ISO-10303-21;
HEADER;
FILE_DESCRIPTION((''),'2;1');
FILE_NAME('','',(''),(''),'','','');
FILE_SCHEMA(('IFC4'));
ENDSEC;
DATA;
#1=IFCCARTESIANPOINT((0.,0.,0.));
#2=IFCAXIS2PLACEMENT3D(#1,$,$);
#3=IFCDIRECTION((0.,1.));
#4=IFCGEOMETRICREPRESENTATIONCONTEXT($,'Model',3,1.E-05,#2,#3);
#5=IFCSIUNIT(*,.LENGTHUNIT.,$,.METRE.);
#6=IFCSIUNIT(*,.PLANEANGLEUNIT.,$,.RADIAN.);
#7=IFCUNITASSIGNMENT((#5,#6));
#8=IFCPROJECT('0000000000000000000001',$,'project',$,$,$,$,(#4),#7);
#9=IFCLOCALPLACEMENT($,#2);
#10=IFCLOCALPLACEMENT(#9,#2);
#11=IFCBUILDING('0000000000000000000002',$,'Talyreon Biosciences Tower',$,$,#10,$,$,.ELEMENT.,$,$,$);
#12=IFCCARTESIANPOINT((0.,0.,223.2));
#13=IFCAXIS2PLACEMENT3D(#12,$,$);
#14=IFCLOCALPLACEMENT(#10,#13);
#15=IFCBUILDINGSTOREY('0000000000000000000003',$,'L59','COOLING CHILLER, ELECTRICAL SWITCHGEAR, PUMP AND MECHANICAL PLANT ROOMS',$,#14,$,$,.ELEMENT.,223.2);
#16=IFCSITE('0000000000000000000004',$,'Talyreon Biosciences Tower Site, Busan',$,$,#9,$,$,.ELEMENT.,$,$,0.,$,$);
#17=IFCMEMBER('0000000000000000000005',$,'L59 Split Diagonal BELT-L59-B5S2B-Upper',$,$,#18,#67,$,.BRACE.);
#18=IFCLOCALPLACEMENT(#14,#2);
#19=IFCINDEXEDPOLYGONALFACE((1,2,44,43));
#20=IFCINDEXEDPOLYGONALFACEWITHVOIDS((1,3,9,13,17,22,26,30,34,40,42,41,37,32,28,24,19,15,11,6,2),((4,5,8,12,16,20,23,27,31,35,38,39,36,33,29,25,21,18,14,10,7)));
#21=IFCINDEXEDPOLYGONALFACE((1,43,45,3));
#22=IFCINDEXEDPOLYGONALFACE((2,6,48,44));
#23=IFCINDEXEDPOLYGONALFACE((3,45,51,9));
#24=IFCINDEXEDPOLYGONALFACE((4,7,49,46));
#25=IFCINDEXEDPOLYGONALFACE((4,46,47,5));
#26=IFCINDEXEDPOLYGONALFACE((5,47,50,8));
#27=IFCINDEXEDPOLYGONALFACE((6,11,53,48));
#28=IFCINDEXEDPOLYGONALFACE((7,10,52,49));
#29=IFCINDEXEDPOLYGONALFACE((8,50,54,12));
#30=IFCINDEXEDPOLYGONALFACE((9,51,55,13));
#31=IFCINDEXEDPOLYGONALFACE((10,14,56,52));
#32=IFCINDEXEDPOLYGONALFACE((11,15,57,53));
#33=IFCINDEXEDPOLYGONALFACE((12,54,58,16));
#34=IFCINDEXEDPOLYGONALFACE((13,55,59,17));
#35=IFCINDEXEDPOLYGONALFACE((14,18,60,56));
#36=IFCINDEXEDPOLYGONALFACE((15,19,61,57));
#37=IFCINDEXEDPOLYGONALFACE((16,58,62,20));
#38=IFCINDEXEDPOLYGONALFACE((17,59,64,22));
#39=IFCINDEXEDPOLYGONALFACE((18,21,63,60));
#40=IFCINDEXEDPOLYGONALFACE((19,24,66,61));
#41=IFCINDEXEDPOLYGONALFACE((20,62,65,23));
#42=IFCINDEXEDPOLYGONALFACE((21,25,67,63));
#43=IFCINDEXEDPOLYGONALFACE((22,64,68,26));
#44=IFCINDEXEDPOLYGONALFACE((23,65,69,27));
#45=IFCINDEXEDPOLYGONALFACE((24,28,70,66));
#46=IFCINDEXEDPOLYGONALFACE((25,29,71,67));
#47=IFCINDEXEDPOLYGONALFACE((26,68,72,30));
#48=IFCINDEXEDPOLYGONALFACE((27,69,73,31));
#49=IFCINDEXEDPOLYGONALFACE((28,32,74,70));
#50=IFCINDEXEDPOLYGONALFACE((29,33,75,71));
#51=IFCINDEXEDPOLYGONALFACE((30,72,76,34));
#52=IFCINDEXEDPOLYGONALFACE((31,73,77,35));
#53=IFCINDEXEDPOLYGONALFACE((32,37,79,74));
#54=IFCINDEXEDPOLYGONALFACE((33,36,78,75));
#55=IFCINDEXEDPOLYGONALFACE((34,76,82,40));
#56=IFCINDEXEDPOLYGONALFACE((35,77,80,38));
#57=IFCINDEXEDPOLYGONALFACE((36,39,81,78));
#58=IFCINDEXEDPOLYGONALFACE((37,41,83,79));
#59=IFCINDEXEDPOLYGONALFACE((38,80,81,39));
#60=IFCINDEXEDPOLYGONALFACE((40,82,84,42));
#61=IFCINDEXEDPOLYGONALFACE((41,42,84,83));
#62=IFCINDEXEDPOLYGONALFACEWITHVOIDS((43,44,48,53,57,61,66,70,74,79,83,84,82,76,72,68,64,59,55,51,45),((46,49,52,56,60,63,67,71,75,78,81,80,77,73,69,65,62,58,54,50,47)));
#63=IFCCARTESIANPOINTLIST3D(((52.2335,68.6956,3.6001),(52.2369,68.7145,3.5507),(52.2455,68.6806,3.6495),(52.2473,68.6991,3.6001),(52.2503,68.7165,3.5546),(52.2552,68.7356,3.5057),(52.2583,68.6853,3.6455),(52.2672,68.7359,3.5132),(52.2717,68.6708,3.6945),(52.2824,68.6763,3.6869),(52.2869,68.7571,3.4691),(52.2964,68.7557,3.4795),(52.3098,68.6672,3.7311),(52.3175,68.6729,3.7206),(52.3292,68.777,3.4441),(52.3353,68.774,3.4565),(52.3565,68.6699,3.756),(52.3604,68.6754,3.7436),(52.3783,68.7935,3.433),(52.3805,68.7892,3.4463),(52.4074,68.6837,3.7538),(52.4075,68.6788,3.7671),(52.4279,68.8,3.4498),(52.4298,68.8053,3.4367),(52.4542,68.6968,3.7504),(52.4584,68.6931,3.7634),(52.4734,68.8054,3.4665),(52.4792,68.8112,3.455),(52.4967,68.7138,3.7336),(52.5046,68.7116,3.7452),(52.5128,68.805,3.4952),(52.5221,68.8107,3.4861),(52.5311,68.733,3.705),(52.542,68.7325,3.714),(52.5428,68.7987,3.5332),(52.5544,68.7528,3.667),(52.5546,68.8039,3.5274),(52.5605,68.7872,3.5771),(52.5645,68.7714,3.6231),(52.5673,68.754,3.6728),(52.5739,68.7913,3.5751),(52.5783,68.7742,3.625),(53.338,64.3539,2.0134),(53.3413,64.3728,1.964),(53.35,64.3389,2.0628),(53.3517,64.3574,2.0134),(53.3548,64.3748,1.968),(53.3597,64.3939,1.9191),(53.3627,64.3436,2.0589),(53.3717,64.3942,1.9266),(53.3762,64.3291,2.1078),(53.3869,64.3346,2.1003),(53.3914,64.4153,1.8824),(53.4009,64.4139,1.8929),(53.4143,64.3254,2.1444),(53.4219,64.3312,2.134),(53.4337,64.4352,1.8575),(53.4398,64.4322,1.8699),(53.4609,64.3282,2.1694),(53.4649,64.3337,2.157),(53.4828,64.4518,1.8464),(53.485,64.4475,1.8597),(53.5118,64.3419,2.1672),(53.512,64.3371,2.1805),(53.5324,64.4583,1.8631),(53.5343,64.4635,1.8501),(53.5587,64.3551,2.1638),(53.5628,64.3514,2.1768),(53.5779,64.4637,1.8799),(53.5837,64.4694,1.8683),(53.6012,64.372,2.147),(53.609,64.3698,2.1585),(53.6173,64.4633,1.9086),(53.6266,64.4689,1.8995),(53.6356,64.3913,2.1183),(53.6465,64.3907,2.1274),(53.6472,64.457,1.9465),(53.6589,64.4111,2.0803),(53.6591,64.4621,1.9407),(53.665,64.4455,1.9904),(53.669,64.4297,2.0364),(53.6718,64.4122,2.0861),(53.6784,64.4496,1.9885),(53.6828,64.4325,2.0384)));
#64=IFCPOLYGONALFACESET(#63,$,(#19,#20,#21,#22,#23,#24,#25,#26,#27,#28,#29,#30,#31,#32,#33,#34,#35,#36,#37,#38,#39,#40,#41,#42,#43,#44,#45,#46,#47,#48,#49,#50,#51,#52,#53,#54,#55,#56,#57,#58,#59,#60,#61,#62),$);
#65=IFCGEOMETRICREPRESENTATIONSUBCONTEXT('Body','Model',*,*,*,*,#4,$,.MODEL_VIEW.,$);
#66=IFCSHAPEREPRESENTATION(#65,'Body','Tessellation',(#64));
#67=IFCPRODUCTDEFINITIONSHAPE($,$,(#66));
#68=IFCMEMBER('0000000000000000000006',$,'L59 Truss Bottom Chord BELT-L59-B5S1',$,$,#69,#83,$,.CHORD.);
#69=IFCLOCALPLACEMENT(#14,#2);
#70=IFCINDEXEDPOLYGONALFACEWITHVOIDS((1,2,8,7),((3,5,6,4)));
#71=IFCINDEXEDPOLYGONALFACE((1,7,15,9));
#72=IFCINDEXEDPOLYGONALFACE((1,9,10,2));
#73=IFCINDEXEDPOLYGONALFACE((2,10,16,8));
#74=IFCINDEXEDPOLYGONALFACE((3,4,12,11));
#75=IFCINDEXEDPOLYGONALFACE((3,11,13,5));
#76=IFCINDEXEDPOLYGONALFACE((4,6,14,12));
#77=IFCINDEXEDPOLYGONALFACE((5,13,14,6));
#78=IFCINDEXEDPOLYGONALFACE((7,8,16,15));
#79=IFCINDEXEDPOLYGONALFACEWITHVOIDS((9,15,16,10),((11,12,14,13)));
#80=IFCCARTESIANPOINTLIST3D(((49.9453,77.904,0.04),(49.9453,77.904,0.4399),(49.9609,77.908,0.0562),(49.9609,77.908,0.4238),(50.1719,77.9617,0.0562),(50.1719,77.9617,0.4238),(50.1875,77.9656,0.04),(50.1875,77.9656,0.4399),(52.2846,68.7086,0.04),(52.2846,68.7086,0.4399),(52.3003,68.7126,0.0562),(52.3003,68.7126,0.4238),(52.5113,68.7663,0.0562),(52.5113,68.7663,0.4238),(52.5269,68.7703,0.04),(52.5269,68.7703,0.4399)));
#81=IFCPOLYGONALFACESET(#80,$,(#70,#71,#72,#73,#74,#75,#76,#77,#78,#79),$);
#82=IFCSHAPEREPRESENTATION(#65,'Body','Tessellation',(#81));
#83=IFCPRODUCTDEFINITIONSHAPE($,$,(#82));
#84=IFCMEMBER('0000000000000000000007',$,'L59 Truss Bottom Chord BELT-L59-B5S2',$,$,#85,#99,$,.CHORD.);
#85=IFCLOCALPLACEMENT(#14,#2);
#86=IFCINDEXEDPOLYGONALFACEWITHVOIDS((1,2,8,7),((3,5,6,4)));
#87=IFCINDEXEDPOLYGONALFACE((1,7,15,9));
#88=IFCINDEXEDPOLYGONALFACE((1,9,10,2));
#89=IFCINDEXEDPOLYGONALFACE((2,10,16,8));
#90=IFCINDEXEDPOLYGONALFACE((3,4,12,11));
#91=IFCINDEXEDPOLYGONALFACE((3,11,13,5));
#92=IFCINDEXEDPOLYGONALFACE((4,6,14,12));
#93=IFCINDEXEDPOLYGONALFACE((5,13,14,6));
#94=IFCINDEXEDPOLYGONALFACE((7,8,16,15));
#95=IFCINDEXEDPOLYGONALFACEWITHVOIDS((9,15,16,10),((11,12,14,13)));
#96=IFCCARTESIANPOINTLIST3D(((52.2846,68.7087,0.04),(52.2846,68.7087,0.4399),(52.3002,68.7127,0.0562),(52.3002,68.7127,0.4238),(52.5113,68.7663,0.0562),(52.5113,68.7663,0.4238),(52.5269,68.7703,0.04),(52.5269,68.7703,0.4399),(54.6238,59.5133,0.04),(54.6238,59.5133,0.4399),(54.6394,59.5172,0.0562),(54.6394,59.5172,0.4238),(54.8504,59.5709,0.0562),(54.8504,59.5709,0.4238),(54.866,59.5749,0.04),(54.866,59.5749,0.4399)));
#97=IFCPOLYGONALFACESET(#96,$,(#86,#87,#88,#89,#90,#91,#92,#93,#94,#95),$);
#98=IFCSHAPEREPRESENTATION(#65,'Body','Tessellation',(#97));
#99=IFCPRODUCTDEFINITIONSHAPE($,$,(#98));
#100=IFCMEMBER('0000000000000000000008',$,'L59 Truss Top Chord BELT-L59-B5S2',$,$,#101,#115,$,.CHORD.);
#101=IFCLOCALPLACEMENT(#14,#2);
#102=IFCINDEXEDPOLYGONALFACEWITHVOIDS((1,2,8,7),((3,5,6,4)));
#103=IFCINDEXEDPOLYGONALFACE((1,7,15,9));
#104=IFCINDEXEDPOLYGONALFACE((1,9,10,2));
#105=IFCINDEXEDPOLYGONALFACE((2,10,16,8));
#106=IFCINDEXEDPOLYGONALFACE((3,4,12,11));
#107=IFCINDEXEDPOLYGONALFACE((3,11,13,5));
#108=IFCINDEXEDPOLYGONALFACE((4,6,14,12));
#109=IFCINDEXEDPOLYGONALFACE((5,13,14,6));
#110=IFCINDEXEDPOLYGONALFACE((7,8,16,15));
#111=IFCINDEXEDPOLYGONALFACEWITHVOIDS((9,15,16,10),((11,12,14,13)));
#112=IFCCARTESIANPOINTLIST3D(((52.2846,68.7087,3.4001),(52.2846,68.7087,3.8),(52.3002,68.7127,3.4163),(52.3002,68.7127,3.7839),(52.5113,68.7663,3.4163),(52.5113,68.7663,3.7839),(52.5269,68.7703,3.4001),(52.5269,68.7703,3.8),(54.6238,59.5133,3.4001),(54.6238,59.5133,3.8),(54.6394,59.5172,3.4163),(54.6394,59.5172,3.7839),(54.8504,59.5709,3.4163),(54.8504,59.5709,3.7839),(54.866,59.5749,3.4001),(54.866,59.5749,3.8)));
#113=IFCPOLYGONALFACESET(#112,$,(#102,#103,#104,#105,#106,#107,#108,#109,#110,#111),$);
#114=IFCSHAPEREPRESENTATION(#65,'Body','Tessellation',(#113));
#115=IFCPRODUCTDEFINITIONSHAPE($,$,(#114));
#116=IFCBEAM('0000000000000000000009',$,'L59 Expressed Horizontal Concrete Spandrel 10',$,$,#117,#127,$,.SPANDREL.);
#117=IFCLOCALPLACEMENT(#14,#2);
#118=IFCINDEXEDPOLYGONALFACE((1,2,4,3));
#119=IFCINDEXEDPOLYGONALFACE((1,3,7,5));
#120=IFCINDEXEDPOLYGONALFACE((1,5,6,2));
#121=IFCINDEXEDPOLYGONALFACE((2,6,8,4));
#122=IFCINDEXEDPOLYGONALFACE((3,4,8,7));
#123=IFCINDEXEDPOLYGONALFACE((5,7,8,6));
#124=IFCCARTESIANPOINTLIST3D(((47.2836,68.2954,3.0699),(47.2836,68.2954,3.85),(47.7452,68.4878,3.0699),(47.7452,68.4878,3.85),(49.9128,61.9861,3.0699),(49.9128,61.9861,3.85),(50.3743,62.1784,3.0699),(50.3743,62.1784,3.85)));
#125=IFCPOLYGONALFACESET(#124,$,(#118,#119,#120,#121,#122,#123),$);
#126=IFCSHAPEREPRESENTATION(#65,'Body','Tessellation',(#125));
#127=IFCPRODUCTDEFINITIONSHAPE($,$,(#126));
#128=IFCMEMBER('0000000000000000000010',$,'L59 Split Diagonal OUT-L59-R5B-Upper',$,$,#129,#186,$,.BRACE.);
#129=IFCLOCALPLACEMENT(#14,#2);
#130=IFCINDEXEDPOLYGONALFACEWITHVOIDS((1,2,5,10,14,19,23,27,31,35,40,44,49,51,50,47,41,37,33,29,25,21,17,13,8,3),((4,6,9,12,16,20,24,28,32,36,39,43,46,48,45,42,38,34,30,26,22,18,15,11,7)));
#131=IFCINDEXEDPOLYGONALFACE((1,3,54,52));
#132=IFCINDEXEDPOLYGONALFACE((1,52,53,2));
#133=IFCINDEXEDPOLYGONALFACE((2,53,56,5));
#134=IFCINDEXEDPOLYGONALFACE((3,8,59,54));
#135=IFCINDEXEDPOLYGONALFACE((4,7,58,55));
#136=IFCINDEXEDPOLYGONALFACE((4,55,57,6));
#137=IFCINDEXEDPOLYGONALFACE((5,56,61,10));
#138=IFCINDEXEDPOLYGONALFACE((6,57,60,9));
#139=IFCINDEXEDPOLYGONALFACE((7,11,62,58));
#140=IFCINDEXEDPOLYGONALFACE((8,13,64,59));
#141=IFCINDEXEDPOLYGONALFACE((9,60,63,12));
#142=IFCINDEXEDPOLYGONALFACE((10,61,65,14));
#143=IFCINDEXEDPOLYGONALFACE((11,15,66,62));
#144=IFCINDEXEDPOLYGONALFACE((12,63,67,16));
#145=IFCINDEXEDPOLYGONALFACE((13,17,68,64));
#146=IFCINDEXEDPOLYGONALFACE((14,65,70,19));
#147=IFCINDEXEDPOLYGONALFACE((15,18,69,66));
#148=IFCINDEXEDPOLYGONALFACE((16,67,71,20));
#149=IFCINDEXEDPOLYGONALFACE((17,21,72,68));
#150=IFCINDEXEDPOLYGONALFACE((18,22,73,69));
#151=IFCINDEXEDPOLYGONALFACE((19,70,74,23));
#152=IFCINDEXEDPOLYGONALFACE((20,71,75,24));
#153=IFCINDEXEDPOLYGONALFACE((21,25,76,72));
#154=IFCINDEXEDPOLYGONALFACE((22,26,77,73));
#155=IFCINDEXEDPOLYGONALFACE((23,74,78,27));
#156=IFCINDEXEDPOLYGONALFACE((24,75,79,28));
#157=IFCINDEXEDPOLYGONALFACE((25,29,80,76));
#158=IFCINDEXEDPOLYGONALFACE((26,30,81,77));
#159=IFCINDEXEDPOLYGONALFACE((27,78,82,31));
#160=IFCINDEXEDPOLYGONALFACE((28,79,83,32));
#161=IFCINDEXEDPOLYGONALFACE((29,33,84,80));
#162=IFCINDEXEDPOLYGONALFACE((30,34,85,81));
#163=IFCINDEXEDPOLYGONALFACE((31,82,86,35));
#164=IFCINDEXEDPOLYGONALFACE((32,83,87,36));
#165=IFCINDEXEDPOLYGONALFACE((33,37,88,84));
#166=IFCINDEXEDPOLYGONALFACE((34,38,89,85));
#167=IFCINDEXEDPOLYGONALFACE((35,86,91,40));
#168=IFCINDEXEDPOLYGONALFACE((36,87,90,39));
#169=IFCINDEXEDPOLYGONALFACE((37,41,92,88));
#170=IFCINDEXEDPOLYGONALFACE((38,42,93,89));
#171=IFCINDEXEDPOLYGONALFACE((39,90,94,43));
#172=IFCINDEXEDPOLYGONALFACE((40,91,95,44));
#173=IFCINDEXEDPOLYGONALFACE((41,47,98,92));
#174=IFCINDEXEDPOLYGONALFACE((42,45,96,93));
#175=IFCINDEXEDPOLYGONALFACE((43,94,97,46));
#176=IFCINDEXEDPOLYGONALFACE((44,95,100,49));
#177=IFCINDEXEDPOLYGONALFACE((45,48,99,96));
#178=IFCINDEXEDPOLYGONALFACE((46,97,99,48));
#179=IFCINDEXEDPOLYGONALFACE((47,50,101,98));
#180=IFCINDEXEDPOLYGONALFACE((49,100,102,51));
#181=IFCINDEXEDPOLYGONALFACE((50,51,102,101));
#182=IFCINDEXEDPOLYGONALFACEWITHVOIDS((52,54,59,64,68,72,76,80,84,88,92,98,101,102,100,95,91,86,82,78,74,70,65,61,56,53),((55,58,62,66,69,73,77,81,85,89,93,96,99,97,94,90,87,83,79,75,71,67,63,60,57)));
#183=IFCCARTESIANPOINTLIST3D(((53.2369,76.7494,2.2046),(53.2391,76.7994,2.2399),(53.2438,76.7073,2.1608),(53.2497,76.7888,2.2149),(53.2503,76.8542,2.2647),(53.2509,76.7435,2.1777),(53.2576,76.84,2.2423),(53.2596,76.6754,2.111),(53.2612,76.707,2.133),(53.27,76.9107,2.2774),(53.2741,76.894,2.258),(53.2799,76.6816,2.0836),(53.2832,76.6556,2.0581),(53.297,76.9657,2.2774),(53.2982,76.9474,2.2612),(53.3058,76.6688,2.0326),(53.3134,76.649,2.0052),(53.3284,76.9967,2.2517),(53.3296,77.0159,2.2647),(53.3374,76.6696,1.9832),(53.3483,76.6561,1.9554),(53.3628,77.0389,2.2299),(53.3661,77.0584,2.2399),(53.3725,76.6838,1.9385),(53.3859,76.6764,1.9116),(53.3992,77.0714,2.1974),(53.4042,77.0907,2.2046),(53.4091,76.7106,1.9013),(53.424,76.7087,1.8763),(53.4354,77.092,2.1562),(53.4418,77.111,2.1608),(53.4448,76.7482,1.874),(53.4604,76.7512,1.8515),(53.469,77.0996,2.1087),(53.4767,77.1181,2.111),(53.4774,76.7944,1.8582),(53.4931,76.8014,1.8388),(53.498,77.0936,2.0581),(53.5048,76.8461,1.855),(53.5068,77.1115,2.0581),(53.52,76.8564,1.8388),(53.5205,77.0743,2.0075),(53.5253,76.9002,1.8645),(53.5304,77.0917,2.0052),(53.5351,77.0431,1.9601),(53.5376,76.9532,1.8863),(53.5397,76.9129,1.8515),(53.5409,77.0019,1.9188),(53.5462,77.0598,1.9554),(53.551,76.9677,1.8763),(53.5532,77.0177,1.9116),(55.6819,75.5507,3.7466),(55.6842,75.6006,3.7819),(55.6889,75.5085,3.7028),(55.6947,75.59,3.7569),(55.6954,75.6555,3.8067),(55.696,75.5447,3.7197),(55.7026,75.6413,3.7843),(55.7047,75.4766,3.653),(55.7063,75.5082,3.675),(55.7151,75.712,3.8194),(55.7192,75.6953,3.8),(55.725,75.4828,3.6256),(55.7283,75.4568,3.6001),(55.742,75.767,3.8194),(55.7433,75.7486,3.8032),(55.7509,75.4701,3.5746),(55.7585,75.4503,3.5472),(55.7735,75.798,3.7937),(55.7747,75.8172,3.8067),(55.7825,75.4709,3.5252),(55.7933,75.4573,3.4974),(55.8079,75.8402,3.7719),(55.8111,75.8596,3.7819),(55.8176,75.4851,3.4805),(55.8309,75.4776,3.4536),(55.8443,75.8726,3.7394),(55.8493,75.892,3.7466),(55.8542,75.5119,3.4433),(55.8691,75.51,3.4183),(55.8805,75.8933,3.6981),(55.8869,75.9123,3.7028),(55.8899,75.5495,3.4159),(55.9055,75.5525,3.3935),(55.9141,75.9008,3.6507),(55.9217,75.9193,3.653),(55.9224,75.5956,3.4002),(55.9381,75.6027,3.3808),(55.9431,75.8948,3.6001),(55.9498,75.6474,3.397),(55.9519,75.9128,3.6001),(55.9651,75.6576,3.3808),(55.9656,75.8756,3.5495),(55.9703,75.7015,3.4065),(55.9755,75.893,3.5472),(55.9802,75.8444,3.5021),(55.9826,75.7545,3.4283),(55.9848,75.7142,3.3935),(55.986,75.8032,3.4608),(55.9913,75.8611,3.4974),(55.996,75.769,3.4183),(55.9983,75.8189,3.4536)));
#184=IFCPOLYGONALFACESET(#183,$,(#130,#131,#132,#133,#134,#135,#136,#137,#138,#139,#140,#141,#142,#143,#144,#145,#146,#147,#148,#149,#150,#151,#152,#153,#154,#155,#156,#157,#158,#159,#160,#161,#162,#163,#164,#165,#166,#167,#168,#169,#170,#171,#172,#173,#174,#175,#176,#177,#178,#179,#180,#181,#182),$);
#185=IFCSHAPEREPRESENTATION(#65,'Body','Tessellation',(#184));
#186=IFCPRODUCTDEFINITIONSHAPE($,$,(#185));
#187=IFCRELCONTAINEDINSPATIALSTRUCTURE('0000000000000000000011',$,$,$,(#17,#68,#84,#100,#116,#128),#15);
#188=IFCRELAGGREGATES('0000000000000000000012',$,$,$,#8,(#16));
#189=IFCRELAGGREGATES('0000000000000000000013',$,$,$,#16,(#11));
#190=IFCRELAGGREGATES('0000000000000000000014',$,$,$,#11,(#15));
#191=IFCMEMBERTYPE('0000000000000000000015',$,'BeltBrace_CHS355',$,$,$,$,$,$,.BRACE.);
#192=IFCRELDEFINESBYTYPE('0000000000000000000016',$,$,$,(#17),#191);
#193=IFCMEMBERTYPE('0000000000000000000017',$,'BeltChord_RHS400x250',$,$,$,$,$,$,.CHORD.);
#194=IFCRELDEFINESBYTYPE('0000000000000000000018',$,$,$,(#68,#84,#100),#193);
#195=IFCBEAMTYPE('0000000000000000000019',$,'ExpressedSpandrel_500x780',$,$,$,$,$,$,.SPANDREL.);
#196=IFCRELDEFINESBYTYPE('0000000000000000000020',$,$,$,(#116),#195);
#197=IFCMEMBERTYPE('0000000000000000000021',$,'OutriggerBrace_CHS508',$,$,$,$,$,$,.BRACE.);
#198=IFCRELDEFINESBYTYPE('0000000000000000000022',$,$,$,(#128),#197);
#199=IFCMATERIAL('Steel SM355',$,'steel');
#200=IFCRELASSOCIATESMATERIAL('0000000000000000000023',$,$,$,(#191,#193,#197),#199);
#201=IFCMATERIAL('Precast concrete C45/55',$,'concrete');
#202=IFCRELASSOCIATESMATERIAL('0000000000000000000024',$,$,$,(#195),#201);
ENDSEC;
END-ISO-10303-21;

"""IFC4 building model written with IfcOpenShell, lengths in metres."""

from ifc_helpers import new_model, si_unit, direction, frame, origin, origin_2d, place, context, subcontext, project, spatial, rectangle, hollow_rectangle, hollow_circle, extrude, material, material_profile, profile_set, type_object, element, save


model = new_model("IFC4")

# Units and contexts
model_context = context("Model", 3, precision=1e-05, world=origin(), true_north=direction((0.0, 1.0)))
body_context = subcontext(model_context, "Body", "Model", "MODEL_VIEW")
ifc_project = project(units=[si_unit("LENGTHUNIT", "METRE"), si_unit("PLANEANGLEUNIT", "RADIAN")], contexts=[model_context])

# Site, building, storey
site_placement = place(None, origin())
site = spatial("IfcSite", under=ifc_project, at=site_placement, Name="Talyreon Biosciences Tower Site, Busan", CompositionType="ELEMENT", RefElevation=0.0)
building_placement = place(site_placement, origin())
building = spatial("IfcBuilding", under=site, at=building_placement, Name="Talyreon Biosciences Tower", CompositionType="ELEMENT")
storey_placement = place(building_placement, frame((0.0, 0.0, 223.2)))
storey = spatial("IfcBuildingStorey", under=building, at=storey_placement, Name="L59", Description="COOLING CHILLER, ELECTRICAL SWITCHGEAR, PUMP AND MECHANICAL PLANT ROOMS", CompositionType="ELEMENT", Elevation=223.2)

# Members
ifc_material_1 = material(Name="Steel SM355", Category="steel")
ifc_material_profile_1 = material_profile(ifc_material_1, hollow_circle(Radius=0.1777, WallThickness=0.0142, at=origin_2d()), Name="CHS 355.6x14.2")
ifc_profile_set_1 = profile_set([ifc_material_profile_1], Name="Steel SM355")
member_type_1 = type_object("IfcMemberType", Name="BeltBrace_CHS355", PredefinedType="BRACE", material=ifc_profile_set_1)
member_1_placement = place(storey_placement, frame((53.5103, 64.3977, 2.0134), z_axis=(-0.23239, 0.913534, 0.333843), x_axis=(-0.969134, -0.246534, 0.0)))
element("IfcMember", 1, at=member_1_placement, inside=storey, type_object=member_type_1, Name="L59 Split Diagonal BELT-L59-B5S2B-Upper", PredefinedType="BRACE", context=body_context, shape_type="SweptSolid", body=[
    extrude(hollow_circle(Radius=0.1777, WallThickness=0.0142, at=origin_2d()), origin(), (0.0, 0.0, 1.0), 4.7527),
])
ifc_material_profile_2 = material_profile(ifc_material_1, hollow_rectangle(XDim=0.25, YDim=0.3999, WallThickness=0.0161, at=origin_2d()), Name="RHS 400x250x16")
ifc_profile_set_2 = profile_set([ifc_material_profile_2], Name="Steel SM355")
member_type_2 = type_object("IfcMemberType", Name="BeltChord_RHS400x250", PredefinedType="CHORD", material=ifc_profile_set_2)
for number, where, z_axis, x_axis, name in (
    (2, (50.0664, 77.9348, 0.24), (0.246554, -0.969129, 0.0), (0.969129, 0.246554, 0.0), "L59 Truss Bottom Chord BELT-L59-B5S1"),
    (3, (52.4058, 68.7395, 0.24), (0.246529, -0.969135, 0.0), (0.969135, 0.246529, 0.0), "L59 Truss Bottom Chord BELT-L59-B5S2"),
    (4, (52.4058, 68.7395, 3.6001), (0.246529, -0.969135, 0.0), (0.969135, 0.246529, 0.0), "L59 Truss Top Chord BELT-L59-B5S2"),
):
    element("IfcMember", number, at=place(storey_placement, frame(where, z_axis=z_axis, x_axis=x_axis)), inside=storey, type_object=member_type_2, Name=name, PredefinedType="CHORD", context=body_context, shape_type="SweptSolid", body=[
        extrude(hollow_rectangle(XDim=0.25, YDim=0.3999, WallThickness=0.0161, at=origin_2d()), origin(), (0.0, 0.0, 1.0), 9.4883),
    ])

# Beam
ifc_material_2 = material(Name="Precast concrete C45/55", Category="concrete")
ifc_material_profile_3 = material_profile(ifc_material_2, rectangle(XDim=0.5, YDim=0.78, at=origin_2d()), Name="RCB 500x780")
ifc_profile_set_3 = profile_set([ifc_material_profile_3], Name="Precast concrete C45/55")
beam_type = type_object("IfcBeamType", Name="ExpressedSpandrel_500x780", PredefinedType="SPANDREL", material=ifc_profile_set_3)
beam_placement = place(storey_placement, frame((47.5144, 68.3916, 3.46), z_axis=(0.384648, -0.923063, 0.0), x_axis=(0.923063, 0.384648, 0.0)))
element("IfcBeam", 5, at=beam_placement, inside=storey, type_object=beam_type, Name="L59 Expressed Horizontal Concrete Spandrel 10", PredefinedType="SPANDREL", context=body_context, shape_type="SweptSolid", body=[
    extrude(rectangle(XDim=0.5, YDim=0.78, at=origin_2d()), origin(), (0.0, 0.0, 1.0), 6.8352),
])

# Member
ifc_material_profile_4 = material_profile(ifc_material_1, hollow_circle(Radius=0.2539, WallThickness=0.02, at=origin_2d()), Name="CHS 508x20")
ifc_profile_set_4 = profile_set([ifc_material_profile_4], Name="Steel SM355")
member_type_3 = type_object("IfcMemberType", Name="OutriggerBrace_CHS508", PredefinedType="BRACE", material=ifc_profile_set_4)
member_2_placement = place(storey_placement, frame((53.395, 76.8835, 2.0581), z_axis=(0.781325, -0.383056, 0.492746), x_axis=(0.440207, 0.897896, 0.0)))
element("IfcMember", 6, at=member_2_placement, inside=storey, type_object=member_type_3, Name="L59 Split Diagonal OUT-L59-R5B-Upper", PredefinedType="BRACE", context=body_context, shape_type="SweptSolid", body=[
    extrude(hollow_circle(Radius=0.2539, WallThickness=0.02, at=origin_2d()), origin(), (0.0, 0.0, 1.0), 3.1294),
])

save(model, "model.ifc")
